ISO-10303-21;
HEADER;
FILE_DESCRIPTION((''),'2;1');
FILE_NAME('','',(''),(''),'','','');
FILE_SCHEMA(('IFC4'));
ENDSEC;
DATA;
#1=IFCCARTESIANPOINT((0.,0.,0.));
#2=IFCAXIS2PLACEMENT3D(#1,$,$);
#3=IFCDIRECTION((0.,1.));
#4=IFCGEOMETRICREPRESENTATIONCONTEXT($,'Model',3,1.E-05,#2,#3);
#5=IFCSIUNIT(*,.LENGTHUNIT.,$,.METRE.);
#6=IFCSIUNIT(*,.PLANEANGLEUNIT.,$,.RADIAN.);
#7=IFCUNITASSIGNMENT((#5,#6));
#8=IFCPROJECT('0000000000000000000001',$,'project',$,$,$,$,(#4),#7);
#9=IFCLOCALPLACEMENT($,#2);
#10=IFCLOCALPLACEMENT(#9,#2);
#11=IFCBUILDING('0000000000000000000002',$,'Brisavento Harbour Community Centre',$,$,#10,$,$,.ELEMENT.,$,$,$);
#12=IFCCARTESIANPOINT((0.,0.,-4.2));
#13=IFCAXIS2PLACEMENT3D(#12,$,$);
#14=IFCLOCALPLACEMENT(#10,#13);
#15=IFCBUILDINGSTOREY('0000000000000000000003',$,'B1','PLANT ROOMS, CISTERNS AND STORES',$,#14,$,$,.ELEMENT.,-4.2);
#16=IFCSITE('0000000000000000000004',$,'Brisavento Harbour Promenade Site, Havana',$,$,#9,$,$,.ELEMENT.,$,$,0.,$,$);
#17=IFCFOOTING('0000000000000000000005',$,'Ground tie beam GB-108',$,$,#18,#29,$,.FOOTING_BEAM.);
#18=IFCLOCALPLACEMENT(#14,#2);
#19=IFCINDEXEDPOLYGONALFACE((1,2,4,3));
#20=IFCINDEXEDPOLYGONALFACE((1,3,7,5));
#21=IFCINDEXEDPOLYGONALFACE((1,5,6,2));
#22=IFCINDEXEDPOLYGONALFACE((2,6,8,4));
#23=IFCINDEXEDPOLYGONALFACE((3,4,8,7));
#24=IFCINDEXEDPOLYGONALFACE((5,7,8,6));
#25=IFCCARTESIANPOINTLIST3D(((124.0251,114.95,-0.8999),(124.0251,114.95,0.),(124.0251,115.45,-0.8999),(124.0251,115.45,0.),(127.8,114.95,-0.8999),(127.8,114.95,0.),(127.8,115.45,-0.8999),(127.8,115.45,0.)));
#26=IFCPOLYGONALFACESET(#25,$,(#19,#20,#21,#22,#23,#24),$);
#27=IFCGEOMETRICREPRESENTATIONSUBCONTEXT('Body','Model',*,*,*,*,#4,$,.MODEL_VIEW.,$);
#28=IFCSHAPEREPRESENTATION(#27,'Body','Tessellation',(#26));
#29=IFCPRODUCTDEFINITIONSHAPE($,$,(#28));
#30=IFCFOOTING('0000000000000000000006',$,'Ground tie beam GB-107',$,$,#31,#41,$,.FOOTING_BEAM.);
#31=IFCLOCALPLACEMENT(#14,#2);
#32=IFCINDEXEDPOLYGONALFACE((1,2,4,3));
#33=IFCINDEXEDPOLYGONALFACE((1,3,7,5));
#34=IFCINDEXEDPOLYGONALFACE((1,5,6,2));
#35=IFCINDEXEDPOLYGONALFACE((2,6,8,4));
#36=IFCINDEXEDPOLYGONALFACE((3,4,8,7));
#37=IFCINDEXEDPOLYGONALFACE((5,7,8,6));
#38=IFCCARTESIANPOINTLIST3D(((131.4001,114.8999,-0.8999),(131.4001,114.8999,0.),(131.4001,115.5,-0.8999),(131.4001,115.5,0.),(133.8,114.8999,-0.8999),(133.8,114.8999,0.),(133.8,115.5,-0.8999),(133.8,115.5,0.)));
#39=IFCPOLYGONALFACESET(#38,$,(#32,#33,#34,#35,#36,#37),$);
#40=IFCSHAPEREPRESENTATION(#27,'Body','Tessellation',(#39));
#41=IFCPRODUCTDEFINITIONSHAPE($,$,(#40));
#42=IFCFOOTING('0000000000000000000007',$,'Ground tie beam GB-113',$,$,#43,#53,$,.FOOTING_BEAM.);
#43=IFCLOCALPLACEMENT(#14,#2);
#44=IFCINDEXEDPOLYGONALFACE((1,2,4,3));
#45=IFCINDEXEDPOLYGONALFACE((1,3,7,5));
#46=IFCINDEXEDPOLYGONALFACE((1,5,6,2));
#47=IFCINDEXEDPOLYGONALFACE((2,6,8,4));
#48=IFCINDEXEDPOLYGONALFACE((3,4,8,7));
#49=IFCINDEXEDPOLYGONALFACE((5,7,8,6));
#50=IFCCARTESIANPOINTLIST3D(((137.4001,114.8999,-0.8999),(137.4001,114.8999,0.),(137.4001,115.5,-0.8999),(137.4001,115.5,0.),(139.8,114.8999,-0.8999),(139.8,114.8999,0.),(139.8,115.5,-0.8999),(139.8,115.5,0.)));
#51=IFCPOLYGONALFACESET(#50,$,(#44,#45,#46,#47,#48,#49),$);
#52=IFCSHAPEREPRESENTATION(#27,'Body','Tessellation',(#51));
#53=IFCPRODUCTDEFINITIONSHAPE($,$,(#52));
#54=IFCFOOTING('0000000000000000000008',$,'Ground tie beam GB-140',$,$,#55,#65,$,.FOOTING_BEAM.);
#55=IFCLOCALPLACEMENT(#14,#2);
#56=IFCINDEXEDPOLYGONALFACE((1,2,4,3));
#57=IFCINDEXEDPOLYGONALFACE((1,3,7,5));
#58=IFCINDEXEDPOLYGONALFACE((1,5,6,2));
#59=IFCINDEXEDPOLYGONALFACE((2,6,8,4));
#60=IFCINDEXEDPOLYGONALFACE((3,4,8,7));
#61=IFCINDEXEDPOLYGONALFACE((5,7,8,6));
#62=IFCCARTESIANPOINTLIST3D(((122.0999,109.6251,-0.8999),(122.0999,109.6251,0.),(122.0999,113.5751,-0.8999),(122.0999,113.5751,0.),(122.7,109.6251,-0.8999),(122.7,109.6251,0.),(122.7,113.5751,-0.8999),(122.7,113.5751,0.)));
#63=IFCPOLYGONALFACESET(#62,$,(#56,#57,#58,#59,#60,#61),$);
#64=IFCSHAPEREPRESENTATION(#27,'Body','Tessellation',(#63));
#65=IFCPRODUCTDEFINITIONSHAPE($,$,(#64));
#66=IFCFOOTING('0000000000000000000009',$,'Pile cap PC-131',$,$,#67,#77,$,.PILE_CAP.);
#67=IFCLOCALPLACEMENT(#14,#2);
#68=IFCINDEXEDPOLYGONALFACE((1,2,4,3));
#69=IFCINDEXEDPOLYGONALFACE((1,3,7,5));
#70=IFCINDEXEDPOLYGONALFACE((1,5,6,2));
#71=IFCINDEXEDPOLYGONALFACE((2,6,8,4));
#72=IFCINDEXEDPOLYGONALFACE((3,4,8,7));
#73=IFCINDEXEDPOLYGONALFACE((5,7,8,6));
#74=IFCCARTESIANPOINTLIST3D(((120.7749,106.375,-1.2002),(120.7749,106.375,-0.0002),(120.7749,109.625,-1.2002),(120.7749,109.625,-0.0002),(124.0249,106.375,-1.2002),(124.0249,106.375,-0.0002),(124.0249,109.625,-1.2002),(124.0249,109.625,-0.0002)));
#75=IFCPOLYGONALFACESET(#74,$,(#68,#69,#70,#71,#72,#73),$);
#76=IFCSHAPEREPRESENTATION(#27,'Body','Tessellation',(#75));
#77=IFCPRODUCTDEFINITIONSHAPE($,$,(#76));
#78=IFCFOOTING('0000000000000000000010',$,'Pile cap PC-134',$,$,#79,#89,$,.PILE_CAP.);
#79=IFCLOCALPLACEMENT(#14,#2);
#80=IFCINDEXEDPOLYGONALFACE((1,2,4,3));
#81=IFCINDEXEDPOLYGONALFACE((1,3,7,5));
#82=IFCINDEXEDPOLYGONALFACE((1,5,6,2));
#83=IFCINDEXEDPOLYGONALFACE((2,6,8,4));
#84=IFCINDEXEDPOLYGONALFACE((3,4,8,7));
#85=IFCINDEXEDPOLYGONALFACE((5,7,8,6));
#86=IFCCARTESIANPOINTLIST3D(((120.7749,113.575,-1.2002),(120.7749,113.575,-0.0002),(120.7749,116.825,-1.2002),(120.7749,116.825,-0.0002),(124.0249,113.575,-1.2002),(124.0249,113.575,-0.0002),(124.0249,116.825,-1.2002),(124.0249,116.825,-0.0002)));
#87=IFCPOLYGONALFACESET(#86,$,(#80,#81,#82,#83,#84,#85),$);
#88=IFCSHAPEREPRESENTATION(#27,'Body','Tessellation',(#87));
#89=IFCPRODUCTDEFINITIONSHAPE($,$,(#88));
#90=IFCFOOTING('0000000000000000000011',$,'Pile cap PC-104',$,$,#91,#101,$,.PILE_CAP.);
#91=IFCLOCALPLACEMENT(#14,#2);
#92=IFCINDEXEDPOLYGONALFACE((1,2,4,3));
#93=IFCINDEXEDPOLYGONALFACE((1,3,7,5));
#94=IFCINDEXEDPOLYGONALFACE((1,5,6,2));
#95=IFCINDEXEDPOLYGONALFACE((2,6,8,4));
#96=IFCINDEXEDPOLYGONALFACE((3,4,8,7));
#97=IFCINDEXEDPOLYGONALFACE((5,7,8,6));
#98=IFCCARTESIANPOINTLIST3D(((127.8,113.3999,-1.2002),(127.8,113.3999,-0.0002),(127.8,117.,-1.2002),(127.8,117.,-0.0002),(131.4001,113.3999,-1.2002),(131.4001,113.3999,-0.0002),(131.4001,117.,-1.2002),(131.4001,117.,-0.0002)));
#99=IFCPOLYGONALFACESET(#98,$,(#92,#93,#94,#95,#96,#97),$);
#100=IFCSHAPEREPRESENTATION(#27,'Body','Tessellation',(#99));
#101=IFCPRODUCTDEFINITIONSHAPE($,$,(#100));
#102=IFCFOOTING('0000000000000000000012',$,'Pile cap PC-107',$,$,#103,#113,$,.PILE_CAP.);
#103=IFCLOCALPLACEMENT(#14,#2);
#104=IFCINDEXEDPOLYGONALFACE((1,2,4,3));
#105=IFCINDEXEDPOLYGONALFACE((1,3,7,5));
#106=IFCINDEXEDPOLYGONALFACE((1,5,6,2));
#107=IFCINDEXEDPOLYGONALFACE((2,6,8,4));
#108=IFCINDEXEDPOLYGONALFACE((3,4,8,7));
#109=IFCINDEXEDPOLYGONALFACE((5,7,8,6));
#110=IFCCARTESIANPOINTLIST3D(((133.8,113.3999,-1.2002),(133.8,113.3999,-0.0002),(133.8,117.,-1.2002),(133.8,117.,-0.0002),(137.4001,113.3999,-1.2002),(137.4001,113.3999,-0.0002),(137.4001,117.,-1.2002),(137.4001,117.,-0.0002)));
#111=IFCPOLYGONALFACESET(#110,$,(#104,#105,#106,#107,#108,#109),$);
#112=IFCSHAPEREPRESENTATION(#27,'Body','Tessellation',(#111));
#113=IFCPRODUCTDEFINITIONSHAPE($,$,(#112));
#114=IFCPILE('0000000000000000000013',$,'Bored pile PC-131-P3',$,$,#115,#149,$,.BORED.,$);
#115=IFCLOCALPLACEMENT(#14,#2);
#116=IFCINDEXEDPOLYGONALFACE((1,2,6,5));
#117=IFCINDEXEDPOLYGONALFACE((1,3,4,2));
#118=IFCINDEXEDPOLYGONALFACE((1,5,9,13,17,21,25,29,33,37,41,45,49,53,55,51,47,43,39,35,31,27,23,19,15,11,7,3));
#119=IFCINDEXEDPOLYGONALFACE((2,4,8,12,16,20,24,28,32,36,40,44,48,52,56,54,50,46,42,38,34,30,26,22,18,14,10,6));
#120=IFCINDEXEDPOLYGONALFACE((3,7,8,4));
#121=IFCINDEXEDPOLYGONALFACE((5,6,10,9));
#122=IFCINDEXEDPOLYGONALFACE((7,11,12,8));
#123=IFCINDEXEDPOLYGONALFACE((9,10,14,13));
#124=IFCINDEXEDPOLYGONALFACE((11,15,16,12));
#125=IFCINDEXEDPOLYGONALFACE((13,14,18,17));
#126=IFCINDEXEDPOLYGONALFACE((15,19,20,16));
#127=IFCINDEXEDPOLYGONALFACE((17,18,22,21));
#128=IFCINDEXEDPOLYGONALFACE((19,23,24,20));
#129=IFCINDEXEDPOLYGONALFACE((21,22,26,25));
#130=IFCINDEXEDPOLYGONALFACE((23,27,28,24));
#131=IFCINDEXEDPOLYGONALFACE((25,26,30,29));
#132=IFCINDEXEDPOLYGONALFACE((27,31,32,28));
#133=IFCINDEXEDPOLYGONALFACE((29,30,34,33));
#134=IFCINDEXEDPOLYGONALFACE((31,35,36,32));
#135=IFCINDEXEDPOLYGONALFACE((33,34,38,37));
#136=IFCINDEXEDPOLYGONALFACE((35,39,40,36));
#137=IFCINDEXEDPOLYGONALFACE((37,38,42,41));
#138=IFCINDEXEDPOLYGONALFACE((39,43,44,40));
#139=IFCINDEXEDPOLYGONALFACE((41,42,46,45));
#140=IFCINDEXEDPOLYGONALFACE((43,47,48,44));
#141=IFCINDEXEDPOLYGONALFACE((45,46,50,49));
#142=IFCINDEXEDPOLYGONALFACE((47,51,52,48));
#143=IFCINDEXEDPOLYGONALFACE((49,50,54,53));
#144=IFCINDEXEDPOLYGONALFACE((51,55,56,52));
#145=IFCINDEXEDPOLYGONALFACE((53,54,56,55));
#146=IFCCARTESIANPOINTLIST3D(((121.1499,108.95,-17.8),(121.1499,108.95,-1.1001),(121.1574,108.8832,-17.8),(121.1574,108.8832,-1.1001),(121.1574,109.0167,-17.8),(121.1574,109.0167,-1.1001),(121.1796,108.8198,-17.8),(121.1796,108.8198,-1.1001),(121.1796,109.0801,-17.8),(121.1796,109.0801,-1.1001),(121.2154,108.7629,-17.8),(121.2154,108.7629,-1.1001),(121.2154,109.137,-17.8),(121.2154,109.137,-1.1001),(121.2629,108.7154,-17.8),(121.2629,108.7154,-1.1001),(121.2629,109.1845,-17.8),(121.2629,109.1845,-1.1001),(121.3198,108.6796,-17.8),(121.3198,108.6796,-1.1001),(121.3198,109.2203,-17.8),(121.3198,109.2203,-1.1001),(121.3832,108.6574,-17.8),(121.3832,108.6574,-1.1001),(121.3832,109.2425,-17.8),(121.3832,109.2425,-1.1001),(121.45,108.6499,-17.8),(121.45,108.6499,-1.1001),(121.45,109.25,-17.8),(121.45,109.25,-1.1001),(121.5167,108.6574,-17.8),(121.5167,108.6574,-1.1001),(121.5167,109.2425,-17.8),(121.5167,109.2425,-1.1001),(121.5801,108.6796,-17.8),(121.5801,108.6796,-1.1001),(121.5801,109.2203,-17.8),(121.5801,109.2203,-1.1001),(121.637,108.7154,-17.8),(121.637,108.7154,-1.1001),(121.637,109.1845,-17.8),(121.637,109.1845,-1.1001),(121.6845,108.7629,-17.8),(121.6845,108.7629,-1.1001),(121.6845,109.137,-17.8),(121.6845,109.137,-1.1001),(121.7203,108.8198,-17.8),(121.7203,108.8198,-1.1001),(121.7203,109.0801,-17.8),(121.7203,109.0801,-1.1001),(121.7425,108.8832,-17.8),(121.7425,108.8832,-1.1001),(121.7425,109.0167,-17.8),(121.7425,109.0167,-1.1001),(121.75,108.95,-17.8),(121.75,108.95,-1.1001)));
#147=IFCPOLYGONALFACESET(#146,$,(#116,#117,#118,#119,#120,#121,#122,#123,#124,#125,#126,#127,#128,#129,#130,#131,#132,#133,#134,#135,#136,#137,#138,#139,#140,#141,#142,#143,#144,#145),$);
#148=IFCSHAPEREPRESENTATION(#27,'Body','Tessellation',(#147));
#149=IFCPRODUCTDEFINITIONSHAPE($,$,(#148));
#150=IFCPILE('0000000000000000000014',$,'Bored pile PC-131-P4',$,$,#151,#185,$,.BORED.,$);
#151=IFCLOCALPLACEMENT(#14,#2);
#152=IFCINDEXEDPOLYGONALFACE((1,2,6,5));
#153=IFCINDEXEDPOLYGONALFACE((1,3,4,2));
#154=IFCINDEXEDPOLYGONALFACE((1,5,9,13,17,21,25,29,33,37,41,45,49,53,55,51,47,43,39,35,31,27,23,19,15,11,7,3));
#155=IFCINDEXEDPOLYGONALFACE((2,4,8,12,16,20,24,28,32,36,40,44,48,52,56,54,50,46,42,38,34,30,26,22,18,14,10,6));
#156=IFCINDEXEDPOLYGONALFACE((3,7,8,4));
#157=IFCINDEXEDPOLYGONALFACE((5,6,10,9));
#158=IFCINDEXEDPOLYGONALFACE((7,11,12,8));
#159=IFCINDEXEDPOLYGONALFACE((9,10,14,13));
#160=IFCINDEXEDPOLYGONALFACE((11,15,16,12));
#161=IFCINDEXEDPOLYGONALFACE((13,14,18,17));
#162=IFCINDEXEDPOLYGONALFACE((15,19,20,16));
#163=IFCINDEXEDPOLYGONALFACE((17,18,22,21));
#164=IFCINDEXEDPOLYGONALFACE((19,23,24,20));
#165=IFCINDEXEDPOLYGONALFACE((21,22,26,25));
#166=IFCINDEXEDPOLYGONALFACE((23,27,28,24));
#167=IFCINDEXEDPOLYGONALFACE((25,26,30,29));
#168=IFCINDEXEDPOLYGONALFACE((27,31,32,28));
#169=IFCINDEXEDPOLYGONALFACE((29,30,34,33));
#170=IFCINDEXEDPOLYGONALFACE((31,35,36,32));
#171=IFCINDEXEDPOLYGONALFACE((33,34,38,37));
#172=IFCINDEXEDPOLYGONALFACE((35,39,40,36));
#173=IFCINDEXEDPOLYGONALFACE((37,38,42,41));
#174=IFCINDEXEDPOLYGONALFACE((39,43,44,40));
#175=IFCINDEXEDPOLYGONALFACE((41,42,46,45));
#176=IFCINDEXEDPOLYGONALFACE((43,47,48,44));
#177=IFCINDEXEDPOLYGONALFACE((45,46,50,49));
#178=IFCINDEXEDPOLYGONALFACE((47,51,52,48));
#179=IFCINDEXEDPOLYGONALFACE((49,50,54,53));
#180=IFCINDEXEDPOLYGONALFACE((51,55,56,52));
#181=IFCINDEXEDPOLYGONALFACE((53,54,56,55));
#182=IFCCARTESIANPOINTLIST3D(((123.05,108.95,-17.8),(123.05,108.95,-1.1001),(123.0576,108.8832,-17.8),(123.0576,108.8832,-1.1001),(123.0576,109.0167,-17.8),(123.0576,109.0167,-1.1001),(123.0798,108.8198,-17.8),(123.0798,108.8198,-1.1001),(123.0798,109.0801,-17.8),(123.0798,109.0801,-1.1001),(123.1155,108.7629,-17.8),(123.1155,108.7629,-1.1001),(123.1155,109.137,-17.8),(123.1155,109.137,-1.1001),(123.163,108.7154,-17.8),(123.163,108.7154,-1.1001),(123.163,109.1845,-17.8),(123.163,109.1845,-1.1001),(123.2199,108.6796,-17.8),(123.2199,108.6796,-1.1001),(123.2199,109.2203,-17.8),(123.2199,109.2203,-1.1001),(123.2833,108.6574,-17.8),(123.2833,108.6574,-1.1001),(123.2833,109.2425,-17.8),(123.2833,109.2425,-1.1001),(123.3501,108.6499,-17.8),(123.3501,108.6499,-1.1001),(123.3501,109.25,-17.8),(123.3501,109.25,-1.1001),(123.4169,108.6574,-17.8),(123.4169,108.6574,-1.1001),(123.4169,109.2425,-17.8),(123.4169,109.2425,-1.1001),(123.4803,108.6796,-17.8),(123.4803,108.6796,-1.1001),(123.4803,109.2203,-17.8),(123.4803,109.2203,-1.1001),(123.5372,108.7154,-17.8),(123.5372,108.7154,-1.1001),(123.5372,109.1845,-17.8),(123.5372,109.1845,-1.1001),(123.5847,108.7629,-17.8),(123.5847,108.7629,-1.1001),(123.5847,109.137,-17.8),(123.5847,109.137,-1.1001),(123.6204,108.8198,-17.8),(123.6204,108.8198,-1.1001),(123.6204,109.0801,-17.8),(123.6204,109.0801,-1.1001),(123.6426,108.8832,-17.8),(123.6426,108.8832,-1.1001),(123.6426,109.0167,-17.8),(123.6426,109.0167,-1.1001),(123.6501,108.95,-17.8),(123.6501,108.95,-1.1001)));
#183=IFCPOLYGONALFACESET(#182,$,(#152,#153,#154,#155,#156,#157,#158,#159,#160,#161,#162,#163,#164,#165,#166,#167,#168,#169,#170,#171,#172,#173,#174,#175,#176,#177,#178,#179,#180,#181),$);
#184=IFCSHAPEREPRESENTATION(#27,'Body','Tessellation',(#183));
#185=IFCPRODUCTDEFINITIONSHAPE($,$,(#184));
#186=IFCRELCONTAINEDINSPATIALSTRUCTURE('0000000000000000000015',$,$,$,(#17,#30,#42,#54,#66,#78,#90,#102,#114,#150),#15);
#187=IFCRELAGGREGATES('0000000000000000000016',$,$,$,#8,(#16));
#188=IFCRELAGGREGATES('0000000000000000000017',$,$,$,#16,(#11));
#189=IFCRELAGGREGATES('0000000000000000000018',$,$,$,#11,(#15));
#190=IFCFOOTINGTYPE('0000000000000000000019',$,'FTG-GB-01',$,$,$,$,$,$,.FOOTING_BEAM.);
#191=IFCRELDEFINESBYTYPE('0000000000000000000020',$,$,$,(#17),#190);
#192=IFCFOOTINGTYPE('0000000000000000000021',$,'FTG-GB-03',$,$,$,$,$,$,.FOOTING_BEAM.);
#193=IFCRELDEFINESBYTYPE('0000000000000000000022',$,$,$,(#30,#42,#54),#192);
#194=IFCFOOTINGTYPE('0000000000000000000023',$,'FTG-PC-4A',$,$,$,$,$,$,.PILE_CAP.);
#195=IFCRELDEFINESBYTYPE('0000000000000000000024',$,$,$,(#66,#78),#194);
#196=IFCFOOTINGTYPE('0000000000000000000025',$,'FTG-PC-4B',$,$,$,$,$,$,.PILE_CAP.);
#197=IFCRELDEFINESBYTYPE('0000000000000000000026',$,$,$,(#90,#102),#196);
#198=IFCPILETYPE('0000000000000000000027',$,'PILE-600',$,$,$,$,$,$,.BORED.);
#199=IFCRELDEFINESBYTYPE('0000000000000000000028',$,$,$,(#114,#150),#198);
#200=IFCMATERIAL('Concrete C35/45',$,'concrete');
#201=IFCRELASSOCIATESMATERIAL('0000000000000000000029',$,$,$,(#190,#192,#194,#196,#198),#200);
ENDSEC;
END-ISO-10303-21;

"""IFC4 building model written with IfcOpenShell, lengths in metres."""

from ifc_helpers import new_model, si_unit, direction, frame, origin, origin_2d, place, context, subcontext, project, spatial, rectangle, circle, extrude, material, material_profile, profile_set, type_object, element, save


model = new_model("IFC4")

# Units and contexts
model_context = context("Model", 3, precision=1e-05, world=origin(), true_north=direction((0.0, 1.0)))
body_context = subcontext(model_context, "Body", "Model", "MODEL_VIEW")
ifc_project = project(units=[si_unit("LENGTHUNIT", "METRE"), si_unit("PLANEANGLEUNIT", "RADIAN")], contexts=[model_context])

# Site, building, storey
site_placement = place(None, origin())
site = spatial("IfcSite", under=ifc_project, at=site_placement, Name="Brisavento Harbour Promenade Site, Havana", CompositionType="ELEMENT", RefElevation=0.0)
building_placement = place(site_placement, origin())
building = spatial("IfcBuilding", under=site, at=building_placement, Name="Brisavento Harbour Community Centre", CompositionType="ELEMENT")
storey_placement = place(building_placement, frame((0.0, 0.0, -4.2)))
storey = spatial("IfcBuildingStorey", under=building, at=storey_placement, Name="B1", Description="PLANT ROOMS, CISTERNS AND STORES", CompositionType="ELEMENT", Elevation=-4.2)

# Footings
ifc_material_1 = material(Name="Concrete C35/45", Category="concrete")
footing_type_1 = type_object("IfcFootingType", Name="FTG-GB-01", PredefinedType="FOOTING_BEAM", material=ifc_material_1)
footing_1_placement = place(storey_placement, frame((125.9126, 115.2, -0.8999), z_axis=(0.0, 0.0, 1.0), x_axis=(1.0, 0.0, 0.0)))
element("IfcFooting", 1, at=footing_1_placement, inside=storey, type_object=footing_type_1, Name="Ground tie beam GB-108", PredefinedType="FOOTING_BEAM", context=body_context, shape_type="SweptSolid", body=[
    extrude(rectangle(XDim=3.7749, YDim=0.5, at=origin_2d()), origin(), (0.0, 0.0, 1.0), 0.8999),
])
footing_type_2 = type_object("IfcFootingType", Name="FTG-GB-03", PredefinedType="FOOTING_BEAM", material=ifc_material_1)
for number, where, z_axis, x_axis, name in (
    (2, (132.6001, 115.2, -0.8999), (0.0, 0.0, 1.0), (1.0, 0.0, 0.0), "Ground tie beam GB-107"),
    (3, (138.6001, 115.2, -0.8999), (0.0, 0.0, 1.0), (1.0, 0.0, 0.0), "Ground tie beam GB-113"),
):
    element("IfcFooting", number, at=place(storey_placement, frame(where, z_axis=z_axis, x_axis=x_axis)), inside=storey, type_object=footing_type_2, Name=name, PredefinedType="FOOTING_BEAM", context=body_context, shape_type="SweptSolid", body=[
        extrude(rectangle(XDim=2.3999, YDim=0.6001, at=origin_2d()), origin(), (0.0, 0.0, 1.0), 0.8999),
    ])
footing_2_placement = place(storey_placement, frame((122.3999, 111.6001, -0.8999), z_axis=(0.0, 0.0, 1.0), x_axis=(1.0, 0.0, 0.0)))
element("IfcFooting", 4, at=footing_2_placement, inside=storey, type_object=footing_type_2, Name="Ground tie beam GB-140", PredefinedType="FOOTING_BEAM", context=body_context, shape_type="SweptSolid", body=[
    extrude(rectangle(XDim=0.6001, YDim=3.95, at=origin_2d()), origin(), (0.0, 0.0, 1.0), 0.8999),
])
footing_type_3 = type_object("IfcFootingType", Name="FTG-PC-4A", PredefinedType="PILE_CAP", material=ifc_material_1)
for number, where, z_axis, x_axis, name in (
    (5, (122.3999, 108.0, -1.2002), (0.0, 0.0, 1.0), (1.0, 0.0, 0.0), "Pile cap PC-131"),
    (6, (122.3999, 115.2, -1.2002), (0.0, 0.0, 1.0), (1.0, 0.0, 0.0), "Pile cap PC-134"),
):
    element("IfcFooting", number, at=place(storey_placement, frame(where, z_axis=z_axis, x_axis=x_axis)), inside=storey, type_object=footing_type_3, Name=name, PredefinedType="PILE_CAP", context=body_context, shape_type="SweptSolid", body=[
        extrude(rectangle(XDim=3.25, YDim=3.25, at=origin_2d()), origin(), (0.0, 0.0, 1.0), 1.2),
    ])
footing_type_4 = type_object("IfcFootingType", Name="FTG-PC-4B", PredefinedType="PILE_CAP", material=ifc_material_1)
for number, where, z_axis, x_axis, name in (
    (7, (129.6001, 115.2, -1.2002), (0.0, 0.0, 1.0), (1.0, 0.0, 0.0), "Pile cap PC-104"),
    (8, (135.6001, 115.2, -1.2002), (0.0, 0.0, 1.0), (1.0, 0.0, 0.0), "Pile cap PC-107"),
):
    element("IfcFooting", number, at=place(storey_placement, frame(where, z_axis=z_axis, x_axis=x_axis)), inside=storey, type_object=footing_type_4, Name=name, PredefinedType="PILE_CAP", context=body_context, shape_type="SweptSolid", body=[
        extrude(rectangle(XDim=3.6001, YDim=3.6001, at=origin_2d()), origin(), (0.0, 0.0, 1.0), 1.2),
    ])

# Piles
ifc_material_profile_1 = material_profile(ifc_material_1, circle(Radius=0.3, at=origin_2d()), Name="Concrete C35/45")
ifc_profile_set_1 = profile_set([ifc_material_profile_1], Name="Concrete C35/45")
pile_type_1 = type_object("IfcPileType", Name="PILE-600", PredefinedType="BORED", material=ifc_profile_set_1)
for number, where, z_axis, x_axis, name in (
    (9, (121.45, 108.95, -1.1001), (0.0, 0.0, -1.0), (1.0, 0.0, 0.0), "Bored pile PC-131-P3"),
    (10, (123.3501, 108.95, -1.1001), (0.0, 0.0, -1.0), (1.0, 0.0, 0.0), "Bored pile PC-131-P4"),
):
    element("IfcPile", number, at=place(storey_placement, frame(where, z_axis=z_axis, x_axis=x_axis)), inside=storey, type_object=pile_type_1, Name=name, PredefinedType="BORED", context=body_context, shape_type="SweptSolid", body=[
        extrude(circle(Radius=0.3, at=origin_2d()), origin(), (0.0, 0.0, 1.0), 16.7),
    ])

save(model, "model.ifc")
